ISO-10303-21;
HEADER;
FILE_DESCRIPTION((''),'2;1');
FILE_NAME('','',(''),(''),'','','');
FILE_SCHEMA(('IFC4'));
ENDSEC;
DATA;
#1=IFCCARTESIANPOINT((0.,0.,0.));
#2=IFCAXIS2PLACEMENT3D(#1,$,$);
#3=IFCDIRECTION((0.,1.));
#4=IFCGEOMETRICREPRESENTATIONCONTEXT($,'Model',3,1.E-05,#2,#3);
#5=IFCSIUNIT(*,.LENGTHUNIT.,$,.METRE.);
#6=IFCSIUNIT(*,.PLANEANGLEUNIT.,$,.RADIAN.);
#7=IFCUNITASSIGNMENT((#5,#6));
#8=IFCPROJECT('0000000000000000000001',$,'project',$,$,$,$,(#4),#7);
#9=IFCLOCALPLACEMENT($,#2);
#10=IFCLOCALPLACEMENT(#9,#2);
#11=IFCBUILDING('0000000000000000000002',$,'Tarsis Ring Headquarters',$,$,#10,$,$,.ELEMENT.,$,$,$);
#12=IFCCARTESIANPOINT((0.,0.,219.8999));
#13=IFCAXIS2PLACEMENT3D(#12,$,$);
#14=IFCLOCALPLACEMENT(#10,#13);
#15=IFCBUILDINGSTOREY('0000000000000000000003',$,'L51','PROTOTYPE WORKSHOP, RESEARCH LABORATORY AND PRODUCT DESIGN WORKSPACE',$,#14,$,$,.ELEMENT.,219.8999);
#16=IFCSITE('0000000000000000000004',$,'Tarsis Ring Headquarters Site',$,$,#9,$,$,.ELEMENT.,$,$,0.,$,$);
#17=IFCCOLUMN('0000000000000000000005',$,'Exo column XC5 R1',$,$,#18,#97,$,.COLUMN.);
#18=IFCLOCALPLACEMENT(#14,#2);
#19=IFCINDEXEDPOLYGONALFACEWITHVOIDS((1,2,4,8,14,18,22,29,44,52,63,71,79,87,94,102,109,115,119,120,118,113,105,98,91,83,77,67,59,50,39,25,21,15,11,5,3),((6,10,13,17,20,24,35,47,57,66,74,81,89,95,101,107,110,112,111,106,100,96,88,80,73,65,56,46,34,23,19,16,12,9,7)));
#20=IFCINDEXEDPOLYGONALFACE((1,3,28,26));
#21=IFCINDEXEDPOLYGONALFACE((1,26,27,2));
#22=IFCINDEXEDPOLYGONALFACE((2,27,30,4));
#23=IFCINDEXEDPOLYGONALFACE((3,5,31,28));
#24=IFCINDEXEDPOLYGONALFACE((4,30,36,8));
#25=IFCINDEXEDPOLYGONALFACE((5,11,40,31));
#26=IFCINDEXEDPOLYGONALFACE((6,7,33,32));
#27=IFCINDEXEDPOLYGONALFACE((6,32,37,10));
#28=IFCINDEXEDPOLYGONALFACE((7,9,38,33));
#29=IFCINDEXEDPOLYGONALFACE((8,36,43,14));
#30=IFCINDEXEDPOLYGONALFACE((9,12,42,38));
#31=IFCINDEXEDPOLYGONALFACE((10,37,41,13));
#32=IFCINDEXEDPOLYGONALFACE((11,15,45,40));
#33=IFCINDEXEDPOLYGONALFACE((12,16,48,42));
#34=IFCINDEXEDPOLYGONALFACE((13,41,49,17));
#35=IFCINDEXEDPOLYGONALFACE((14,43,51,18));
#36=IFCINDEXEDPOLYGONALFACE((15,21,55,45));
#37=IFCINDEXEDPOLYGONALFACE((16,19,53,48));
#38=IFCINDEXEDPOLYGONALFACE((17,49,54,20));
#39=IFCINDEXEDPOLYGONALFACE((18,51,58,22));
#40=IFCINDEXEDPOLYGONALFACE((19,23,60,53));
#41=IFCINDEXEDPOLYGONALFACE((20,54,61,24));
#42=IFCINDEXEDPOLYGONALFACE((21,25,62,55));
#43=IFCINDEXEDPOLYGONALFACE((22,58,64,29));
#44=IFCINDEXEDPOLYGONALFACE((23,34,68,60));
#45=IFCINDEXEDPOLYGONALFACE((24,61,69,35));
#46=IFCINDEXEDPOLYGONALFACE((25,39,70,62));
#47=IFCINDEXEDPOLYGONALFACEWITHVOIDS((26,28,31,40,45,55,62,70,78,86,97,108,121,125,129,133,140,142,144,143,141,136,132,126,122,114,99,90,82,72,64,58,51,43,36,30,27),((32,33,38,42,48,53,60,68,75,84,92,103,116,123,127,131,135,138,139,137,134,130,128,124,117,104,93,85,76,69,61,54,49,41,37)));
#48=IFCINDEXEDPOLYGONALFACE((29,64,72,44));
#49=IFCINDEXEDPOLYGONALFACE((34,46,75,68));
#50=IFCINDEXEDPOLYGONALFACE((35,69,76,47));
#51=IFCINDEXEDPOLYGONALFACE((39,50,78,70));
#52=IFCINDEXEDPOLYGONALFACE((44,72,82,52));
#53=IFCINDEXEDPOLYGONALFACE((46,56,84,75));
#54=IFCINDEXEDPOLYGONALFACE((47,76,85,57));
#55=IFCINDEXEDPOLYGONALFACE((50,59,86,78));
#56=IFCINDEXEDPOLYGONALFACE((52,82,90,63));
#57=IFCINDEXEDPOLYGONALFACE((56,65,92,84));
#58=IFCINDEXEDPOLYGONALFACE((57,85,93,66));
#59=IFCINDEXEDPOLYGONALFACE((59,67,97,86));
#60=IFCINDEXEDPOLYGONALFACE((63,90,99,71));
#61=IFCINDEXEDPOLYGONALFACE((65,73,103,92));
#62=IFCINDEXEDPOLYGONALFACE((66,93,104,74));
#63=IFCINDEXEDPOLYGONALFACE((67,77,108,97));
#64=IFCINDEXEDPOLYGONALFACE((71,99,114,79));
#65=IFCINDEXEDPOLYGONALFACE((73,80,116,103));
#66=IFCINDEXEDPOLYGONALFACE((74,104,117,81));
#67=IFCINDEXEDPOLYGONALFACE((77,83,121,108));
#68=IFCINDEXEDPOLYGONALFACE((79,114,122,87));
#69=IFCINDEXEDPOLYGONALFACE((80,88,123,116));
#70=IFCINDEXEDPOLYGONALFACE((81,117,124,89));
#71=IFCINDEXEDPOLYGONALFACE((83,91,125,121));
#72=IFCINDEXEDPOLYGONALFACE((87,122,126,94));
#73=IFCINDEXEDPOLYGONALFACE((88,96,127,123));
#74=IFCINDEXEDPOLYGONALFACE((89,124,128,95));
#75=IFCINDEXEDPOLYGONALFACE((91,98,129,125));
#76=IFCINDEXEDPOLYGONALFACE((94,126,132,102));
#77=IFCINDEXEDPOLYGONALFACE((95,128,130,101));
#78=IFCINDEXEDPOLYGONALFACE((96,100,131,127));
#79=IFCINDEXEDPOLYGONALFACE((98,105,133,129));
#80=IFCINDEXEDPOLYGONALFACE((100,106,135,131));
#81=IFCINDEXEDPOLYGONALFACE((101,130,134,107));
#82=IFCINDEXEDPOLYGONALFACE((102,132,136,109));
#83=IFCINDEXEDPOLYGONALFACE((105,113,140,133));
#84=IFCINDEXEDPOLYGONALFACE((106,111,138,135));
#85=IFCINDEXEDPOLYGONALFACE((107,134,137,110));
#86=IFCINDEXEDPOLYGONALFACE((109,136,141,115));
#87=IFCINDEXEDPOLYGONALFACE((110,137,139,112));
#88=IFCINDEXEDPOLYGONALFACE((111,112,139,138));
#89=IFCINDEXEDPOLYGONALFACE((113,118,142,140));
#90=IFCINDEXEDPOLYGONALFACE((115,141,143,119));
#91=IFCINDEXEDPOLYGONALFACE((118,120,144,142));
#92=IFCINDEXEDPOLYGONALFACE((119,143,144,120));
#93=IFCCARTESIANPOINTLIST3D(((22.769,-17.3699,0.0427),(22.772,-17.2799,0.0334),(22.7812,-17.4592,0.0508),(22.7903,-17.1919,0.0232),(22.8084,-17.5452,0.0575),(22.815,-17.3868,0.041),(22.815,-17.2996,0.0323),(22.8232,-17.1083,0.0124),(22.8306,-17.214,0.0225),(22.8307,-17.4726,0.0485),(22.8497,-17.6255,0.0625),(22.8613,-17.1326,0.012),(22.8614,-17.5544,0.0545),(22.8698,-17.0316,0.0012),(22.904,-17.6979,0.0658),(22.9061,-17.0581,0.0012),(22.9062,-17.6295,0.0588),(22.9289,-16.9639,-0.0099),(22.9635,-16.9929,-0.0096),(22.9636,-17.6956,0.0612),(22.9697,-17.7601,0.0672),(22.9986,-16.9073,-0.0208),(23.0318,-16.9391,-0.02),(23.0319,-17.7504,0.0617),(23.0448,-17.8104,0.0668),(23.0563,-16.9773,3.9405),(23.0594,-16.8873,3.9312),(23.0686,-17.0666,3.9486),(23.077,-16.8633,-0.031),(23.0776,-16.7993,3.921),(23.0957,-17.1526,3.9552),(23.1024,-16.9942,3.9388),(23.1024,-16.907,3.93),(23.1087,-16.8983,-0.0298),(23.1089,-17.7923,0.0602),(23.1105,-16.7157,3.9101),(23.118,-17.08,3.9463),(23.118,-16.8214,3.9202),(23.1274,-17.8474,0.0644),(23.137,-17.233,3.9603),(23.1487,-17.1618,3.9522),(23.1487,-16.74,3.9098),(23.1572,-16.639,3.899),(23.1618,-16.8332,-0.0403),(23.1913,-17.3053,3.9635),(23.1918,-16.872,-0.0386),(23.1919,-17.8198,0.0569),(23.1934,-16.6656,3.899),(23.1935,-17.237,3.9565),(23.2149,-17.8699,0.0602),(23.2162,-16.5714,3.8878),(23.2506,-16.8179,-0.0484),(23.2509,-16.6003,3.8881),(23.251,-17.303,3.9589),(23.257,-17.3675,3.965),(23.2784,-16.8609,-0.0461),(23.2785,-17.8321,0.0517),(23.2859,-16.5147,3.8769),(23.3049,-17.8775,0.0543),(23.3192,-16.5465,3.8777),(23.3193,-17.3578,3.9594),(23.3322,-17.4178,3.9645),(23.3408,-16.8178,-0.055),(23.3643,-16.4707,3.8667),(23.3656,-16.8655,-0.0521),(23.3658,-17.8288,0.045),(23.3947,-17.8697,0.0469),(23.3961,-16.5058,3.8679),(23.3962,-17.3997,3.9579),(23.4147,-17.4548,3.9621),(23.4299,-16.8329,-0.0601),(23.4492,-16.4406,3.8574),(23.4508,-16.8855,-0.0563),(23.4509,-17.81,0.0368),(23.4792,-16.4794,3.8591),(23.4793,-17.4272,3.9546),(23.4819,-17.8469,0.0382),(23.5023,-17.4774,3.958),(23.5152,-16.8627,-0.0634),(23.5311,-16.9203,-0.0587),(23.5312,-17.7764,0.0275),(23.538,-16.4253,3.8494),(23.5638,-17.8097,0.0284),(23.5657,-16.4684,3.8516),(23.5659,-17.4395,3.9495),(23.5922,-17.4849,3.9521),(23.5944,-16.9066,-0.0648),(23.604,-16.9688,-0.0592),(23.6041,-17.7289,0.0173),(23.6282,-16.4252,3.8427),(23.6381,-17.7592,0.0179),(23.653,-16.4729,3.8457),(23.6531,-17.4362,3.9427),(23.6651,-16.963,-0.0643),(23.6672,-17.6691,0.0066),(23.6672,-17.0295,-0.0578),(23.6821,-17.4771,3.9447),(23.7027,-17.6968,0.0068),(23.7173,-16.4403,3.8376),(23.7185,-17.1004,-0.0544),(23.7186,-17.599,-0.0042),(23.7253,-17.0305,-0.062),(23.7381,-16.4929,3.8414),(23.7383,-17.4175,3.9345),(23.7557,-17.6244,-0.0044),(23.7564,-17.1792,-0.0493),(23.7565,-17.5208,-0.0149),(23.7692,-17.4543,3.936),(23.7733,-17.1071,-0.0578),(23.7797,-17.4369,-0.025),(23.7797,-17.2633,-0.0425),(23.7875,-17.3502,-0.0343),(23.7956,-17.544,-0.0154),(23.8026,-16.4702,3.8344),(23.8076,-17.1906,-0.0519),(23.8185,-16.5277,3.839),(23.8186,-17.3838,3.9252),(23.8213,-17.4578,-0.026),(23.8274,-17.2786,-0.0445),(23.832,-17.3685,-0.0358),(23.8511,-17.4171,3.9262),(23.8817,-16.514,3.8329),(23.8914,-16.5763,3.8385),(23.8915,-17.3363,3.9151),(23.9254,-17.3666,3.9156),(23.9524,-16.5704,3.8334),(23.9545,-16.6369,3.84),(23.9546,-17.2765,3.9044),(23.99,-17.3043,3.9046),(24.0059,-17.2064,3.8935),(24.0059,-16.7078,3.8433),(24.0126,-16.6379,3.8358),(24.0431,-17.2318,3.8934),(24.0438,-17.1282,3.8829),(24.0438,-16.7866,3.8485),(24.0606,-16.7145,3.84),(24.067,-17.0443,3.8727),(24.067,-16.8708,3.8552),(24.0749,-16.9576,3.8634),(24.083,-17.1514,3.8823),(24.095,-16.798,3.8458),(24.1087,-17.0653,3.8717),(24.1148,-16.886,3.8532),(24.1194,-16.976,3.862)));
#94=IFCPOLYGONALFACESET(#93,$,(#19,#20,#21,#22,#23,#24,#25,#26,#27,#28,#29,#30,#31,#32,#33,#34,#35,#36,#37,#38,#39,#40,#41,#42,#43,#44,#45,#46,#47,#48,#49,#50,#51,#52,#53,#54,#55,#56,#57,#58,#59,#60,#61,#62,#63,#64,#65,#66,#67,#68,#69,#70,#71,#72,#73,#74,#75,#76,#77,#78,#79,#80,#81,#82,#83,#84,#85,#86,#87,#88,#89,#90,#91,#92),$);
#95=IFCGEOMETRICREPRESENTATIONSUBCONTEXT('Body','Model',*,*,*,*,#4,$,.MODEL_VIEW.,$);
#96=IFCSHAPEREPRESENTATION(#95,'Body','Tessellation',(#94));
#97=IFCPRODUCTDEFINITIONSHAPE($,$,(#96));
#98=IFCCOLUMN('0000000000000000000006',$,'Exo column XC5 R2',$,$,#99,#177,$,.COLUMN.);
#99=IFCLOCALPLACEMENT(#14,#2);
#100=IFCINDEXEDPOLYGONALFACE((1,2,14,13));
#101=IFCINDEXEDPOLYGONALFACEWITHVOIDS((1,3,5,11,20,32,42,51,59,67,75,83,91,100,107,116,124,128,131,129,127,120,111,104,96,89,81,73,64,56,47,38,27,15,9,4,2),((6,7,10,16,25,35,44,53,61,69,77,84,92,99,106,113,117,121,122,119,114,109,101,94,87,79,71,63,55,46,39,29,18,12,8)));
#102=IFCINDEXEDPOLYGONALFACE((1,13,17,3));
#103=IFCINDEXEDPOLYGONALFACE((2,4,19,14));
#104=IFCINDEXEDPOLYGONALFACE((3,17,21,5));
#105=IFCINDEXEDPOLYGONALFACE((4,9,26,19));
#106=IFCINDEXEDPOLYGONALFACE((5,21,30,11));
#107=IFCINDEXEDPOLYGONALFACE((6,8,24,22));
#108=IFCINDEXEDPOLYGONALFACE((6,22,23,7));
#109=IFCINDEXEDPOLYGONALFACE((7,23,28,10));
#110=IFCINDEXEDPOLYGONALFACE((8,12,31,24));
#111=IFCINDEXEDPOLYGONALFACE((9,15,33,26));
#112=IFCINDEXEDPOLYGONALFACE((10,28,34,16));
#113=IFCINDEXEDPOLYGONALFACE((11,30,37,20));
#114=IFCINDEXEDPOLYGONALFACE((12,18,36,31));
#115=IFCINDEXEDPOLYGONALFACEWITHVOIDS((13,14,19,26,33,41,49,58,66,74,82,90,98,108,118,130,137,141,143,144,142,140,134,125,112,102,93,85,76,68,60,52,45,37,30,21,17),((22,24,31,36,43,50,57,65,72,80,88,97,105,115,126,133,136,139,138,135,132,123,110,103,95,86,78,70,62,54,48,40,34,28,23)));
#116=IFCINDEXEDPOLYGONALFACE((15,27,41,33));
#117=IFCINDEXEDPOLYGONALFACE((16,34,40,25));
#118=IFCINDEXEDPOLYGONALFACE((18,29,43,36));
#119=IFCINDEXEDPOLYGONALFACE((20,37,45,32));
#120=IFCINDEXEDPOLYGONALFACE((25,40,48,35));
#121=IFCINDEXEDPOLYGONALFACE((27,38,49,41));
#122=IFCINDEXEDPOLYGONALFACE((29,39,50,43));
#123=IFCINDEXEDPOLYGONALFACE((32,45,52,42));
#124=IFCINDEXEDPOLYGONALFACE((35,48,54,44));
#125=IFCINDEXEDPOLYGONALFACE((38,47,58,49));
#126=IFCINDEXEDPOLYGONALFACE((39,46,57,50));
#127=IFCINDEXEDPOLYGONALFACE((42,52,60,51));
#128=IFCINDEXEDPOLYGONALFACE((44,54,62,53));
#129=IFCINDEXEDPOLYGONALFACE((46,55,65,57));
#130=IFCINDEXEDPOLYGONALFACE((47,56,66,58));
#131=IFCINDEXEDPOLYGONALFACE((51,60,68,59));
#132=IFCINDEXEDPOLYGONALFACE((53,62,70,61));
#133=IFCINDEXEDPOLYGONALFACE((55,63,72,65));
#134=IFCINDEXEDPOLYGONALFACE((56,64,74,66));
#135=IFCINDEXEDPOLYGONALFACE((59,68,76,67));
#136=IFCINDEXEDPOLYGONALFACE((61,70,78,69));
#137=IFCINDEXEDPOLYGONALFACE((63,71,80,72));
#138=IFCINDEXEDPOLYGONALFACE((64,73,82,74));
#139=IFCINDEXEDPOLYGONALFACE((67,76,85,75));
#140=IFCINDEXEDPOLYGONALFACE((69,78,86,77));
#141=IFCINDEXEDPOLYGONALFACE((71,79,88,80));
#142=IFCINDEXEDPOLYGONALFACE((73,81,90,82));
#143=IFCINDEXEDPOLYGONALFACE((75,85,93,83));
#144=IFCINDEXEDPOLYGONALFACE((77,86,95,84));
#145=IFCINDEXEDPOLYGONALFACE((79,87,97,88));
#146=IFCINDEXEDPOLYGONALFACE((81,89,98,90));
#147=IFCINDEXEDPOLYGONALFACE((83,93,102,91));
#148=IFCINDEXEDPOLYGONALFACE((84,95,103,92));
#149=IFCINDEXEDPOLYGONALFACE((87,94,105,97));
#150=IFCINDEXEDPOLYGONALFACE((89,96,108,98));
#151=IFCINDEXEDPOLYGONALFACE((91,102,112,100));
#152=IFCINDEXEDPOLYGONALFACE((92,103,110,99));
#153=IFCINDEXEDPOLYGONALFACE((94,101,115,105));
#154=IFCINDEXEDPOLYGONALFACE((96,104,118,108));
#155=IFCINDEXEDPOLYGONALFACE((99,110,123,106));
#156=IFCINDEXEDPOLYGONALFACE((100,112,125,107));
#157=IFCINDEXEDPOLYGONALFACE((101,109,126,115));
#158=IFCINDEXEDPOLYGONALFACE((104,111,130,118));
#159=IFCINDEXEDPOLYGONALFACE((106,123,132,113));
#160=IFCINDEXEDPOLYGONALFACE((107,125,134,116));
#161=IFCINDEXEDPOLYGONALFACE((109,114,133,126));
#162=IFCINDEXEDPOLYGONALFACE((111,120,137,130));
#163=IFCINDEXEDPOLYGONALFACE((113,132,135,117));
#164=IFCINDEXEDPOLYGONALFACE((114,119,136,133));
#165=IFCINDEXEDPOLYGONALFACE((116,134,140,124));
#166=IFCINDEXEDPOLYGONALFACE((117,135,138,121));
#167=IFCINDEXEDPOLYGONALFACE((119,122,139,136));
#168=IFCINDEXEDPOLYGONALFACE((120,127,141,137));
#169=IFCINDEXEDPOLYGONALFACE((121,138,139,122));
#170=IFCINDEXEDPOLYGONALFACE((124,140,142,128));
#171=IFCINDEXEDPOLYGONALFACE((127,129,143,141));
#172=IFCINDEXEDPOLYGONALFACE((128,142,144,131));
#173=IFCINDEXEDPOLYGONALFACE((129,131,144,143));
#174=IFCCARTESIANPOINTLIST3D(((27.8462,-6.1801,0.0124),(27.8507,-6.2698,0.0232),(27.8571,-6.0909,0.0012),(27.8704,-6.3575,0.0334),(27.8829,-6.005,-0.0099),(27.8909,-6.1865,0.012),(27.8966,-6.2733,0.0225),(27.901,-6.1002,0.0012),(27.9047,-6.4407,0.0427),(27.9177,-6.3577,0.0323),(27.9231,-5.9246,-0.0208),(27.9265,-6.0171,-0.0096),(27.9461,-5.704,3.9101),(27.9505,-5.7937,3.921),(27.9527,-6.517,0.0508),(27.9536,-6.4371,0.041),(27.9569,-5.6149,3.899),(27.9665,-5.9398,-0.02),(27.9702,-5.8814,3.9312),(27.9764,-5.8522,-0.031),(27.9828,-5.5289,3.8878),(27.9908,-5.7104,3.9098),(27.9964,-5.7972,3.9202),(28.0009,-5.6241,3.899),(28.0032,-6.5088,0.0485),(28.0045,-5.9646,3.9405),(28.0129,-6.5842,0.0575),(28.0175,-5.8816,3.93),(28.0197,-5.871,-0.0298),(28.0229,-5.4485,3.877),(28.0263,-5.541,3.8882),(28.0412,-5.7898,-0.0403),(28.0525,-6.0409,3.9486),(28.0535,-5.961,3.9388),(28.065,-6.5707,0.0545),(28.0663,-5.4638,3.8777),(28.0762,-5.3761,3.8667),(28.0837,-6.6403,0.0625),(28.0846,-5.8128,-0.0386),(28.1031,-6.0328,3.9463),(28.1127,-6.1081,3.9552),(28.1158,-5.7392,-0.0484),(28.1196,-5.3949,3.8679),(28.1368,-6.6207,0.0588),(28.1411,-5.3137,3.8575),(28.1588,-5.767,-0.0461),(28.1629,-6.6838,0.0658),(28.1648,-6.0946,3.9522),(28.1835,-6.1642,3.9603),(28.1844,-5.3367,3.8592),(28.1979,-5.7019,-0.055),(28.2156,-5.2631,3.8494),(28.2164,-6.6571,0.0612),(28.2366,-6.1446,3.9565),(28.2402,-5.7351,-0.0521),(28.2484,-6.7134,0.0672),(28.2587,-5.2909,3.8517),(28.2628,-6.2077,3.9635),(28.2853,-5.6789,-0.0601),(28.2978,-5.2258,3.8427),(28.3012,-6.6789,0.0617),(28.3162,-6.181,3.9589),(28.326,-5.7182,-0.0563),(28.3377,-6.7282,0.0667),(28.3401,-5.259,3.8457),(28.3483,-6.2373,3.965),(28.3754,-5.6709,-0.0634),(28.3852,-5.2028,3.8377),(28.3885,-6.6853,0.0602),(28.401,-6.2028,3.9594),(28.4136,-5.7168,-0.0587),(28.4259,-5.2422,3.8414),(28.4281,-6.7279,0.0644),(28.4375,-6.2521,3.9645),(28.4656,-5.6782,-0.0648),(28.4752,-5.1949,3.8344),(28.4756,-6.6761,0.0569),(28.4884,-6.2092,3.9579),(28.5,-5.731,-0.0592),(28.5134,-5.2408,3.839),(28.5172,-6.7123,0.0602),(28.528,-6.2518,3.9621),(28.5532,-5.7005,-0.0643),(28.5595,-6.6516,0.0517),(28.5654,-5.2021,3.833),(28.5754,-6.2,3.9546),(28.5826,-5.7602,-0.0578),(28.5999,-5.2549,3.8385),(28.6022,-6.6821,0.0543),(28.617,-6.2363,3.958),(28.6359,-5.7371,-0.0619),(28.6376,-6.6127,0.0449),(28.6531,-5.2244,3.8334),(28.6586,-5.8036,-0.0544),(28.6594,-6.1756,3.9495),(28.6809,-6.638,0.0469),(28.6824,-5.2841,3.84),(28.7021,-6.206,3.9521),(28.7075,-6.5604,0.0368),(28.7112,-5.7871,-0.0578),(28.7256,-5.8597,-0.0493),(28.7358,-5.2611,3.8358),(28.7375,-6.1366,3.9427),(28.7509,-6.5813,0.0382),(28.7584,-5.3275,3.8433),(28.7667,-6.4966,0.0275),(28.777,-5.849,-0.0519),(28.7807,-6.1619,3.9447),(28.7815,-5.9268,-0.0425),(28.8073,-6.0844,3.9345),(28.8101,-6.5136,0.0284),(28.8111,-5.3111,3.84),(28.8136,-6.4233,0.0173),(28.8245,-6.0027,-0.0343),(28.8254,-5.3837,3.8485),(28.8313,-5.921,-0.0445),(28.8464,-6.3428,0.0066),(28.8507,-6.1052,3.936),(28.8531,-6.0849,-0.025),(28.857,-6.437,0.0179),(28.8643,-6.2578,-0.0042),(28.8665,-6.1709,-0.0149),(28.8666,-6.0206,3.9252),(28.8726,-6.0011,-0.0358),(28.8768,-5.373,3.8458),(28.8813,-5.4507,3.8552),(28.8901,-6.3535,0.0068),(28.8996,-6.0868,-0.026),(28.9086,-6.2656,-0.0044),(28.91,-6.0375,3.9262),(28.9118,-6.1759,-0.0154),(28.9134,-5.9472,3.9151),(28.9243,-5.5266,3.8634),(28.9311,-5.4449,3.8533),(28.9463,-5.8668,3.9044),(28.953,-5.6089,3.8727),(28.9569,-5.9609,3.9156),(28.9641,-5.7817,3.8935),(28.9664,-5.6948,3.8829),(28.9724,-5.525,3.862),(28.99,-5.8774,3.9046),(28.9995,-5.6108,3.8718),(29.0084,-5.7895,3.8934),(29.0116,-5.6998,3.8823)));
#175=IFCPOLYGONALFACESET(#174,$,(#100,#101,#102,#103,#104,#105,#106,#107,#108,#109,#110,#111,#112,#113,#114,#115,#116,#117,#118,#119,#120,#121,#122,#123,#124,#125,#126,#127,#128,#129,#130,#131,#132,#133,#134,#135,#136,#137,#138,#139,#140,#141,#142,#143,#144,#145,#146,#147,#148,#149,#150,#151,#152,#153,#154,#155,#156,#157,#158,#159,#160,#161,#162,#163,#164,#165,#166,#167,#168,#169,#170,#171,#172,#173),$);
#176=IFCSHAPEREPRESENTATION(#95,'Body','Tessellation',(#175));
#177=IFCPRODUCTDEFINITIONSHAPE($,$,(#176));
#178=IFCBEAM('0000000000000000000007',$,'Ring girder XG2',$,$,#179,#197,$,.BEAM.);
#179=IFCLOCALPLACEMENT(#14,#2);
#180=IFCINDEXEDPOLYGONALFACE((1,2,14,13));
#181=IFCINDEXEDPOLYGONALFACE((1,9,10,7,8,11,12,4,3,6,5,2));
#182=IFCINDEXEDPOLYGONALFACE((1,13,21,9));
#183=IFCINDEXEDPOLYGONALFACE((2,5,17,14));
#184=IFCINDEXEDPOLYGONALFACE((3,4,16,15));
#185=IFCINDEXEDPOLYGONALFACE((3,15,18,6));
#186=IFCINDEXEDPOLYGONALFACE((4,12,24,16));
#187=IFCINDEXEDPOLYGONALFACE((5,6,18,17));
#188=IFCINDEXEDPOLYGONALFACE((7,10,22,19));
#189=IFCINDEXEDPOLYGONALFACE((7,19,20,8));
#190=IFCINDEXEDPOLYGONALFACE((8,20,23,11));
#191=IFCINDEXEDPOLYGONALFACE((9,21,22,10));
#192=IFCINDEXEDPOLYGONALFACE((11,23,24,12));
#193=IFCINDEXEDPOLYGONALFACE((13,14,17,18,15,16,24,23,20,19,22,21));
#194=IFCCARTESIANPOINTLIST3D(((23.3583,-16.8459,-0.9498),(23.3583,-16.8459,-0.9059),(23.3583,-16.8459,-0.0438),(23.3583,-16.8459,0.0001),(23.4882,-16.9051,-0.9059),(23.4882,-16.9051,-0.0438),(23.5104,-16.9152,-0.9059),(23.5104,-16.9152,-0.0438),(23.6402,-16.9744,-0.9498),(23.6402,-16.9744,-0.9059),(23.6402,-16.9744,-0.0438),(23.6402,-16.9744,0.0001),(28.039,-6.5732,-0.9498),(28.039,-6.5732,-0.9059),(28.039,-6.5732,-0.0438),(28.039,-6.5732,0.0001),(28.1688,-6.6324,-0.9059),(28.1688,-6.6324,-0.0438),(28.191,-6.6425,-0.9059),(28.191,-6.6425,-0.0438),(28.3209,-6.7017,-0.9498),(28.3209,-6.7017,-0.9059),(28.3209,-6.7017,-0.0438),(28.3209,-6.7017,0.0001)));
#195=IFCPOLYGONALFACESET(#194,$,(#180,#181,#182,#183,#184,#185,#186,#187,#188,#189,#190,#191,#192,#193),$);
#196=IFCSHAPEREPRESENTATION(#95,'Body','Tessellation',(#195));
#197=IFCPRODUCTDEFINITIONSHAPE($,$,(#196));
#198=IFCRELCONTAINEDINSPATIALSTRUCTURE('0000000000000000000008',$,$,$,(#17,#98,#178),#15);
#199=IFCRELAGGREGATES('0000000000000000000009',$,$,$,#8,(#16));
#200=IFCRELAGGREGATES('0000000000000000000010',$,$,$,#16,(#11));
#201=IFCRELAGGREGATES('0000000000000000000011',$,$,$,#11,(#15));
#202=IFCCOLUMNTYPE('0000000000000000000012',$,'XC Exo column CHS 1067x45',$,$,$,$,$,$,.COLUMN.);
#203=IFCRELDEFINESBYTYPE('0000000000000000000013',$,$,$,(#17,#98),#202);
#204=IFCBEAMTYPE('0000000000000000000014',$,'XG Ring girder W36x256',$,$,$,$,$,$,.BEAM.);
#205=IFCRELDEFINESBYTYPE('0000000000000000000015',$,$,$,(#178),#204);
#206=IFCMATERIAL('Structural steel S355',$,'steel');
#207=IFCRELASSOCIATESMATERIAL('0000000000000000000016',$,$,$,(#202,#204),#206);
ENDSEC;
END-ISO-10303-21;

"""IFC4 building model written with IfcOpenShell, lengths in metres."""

from ifc_helpers import new_model, si_unit, direction, frame, origin, origin_2d, place, context, subcontext, project, spatial, hollow_circle, i_section, extrude, material, material_profile, profile_set, type_object, element, save


model = new_model("IFC4")

# Units and contexts
model_context = context("Model", 3, precision=1e-05, world=origin(), true_north=direction((0.0, 1.0)))
body_context = subcontext(model_context, "Body", "Model", "MODEL_VIEW")
ifc_project = project(units=[si_unit("LENGTHUNIT", "METRE"), si_unit("PLANEANGLEUNIT", "RADIAN")], contexts=[model_context])

# Site, building, storey
site_placement = place(None, origin())
site = spatial("IfcSite", under=ifc_project, at=site_placement, Name="Tarsis Ring Headquarters Site", CompositionType="ELEMENT", RefElevation=0.0)
building_placement = place(site_placement, origin())
building = spatial("IfcBuilding", under=site, at=building_placement, Name="Tarsis Ring Headquarters", CompositionType="ELEMENT")
storey_placement = place(building_placement, frame((0.0, 0.0, 219.8999)))
storey = spatial("IfcBuildingStorey", under=building, at=storey_placement, Name="L51", Description="PROTOTYPE WORKSHOP, RESEARCH LABORATORY AND PRODUCT DESIGN WORKSPACE", CompositionType="ELEMENT", Elevation=219.8999)

# Columns
ifc_material_1 = material(Name="Structural steel S355", Category="steel")
ifc_material_profile_1 = material_profile(ifc_material_1, hollow_circle(Radius=0.5334, WallThickness=0.0449, at=origin_2d()), Name="CHS 1067x45")
ifc_profile_set_1 = profile_set([ifc_material_profile_1], Name="Structural steel S355")
column_type = type_object("IfcColumnType", Name="XC Exo column CHS 1067x45", PredefinedType="COLUMN", material=ifc_profile_set_1)
for number, where, z_axis, x_axis, name in (
    (1, (23.3003, -17.3467, 0.0012), (0.073156, 0.099945, 0.9923), (-0.806931, 0.590646, 0.0), "Exo column XC5 R1"),
    (2, (28.3792, -6.2004, 0.0012), (0.025421, 0.121202, 0.992302), (-0.978704, 0.205277, 0.0), "Exo column XC5 R2"),
):
    element("IfcColumn", number, at=place(storey_placement, frame(where, z_axis=z_axis, x_axis=x_axis)), inside=storey, type_object=column_type, Name=name, PredefinedType="COLUMN", context=body_context, shape_type="SweptSolid", body=[
        extrude(hollow_circle(Radius=0.5334, WallThickness=0.0449, at=origin_2d()), origin(), (0.0, 0.0, 1.0), 3.928),
    ])

# Beam
ifc_material_profile_2 = material_profile(ifc_material_1, i_section(OverallWidth=0.3098, OverallDepth=0.95, WebThickness=0.0244, FlangeThickness=0.0439, at=origin_2d()), Name="W36x256")
ifc_profile_set_2 = profile_set([ifc_material_profile_2], Name="Structural steel S355")
beam_type = type_object("IfcBeamType", Name="XG Ring girder W36x256", PredefinedType="BEAM", material=ifc_profile_set_2)
beam_1_placement = place(storey_placement, frame((23.4993, -16.9102, -0.4749), z_axis=(0.414629, 0.909991, 0.0), x_axis=(-0.909991, 0.414629, 0.0)))
element("IfcBeam", 3, at=beam_1_placement, inside=storey, type_object=beam_type, Name="Ring girder XG2", PredefinedType="BEAM", context=body_context, shape_type="SweptSolid", body=[
    extrude(i_section(OverallWidth=0.3098, OverallDepth=0.95, WebThickness=0.0244, FlangeThickness=0.0439, at=origin_2d()), origin(), (0.0, 0.0, 1.0), 11.2888),
])

save(model, "model.ifc")
